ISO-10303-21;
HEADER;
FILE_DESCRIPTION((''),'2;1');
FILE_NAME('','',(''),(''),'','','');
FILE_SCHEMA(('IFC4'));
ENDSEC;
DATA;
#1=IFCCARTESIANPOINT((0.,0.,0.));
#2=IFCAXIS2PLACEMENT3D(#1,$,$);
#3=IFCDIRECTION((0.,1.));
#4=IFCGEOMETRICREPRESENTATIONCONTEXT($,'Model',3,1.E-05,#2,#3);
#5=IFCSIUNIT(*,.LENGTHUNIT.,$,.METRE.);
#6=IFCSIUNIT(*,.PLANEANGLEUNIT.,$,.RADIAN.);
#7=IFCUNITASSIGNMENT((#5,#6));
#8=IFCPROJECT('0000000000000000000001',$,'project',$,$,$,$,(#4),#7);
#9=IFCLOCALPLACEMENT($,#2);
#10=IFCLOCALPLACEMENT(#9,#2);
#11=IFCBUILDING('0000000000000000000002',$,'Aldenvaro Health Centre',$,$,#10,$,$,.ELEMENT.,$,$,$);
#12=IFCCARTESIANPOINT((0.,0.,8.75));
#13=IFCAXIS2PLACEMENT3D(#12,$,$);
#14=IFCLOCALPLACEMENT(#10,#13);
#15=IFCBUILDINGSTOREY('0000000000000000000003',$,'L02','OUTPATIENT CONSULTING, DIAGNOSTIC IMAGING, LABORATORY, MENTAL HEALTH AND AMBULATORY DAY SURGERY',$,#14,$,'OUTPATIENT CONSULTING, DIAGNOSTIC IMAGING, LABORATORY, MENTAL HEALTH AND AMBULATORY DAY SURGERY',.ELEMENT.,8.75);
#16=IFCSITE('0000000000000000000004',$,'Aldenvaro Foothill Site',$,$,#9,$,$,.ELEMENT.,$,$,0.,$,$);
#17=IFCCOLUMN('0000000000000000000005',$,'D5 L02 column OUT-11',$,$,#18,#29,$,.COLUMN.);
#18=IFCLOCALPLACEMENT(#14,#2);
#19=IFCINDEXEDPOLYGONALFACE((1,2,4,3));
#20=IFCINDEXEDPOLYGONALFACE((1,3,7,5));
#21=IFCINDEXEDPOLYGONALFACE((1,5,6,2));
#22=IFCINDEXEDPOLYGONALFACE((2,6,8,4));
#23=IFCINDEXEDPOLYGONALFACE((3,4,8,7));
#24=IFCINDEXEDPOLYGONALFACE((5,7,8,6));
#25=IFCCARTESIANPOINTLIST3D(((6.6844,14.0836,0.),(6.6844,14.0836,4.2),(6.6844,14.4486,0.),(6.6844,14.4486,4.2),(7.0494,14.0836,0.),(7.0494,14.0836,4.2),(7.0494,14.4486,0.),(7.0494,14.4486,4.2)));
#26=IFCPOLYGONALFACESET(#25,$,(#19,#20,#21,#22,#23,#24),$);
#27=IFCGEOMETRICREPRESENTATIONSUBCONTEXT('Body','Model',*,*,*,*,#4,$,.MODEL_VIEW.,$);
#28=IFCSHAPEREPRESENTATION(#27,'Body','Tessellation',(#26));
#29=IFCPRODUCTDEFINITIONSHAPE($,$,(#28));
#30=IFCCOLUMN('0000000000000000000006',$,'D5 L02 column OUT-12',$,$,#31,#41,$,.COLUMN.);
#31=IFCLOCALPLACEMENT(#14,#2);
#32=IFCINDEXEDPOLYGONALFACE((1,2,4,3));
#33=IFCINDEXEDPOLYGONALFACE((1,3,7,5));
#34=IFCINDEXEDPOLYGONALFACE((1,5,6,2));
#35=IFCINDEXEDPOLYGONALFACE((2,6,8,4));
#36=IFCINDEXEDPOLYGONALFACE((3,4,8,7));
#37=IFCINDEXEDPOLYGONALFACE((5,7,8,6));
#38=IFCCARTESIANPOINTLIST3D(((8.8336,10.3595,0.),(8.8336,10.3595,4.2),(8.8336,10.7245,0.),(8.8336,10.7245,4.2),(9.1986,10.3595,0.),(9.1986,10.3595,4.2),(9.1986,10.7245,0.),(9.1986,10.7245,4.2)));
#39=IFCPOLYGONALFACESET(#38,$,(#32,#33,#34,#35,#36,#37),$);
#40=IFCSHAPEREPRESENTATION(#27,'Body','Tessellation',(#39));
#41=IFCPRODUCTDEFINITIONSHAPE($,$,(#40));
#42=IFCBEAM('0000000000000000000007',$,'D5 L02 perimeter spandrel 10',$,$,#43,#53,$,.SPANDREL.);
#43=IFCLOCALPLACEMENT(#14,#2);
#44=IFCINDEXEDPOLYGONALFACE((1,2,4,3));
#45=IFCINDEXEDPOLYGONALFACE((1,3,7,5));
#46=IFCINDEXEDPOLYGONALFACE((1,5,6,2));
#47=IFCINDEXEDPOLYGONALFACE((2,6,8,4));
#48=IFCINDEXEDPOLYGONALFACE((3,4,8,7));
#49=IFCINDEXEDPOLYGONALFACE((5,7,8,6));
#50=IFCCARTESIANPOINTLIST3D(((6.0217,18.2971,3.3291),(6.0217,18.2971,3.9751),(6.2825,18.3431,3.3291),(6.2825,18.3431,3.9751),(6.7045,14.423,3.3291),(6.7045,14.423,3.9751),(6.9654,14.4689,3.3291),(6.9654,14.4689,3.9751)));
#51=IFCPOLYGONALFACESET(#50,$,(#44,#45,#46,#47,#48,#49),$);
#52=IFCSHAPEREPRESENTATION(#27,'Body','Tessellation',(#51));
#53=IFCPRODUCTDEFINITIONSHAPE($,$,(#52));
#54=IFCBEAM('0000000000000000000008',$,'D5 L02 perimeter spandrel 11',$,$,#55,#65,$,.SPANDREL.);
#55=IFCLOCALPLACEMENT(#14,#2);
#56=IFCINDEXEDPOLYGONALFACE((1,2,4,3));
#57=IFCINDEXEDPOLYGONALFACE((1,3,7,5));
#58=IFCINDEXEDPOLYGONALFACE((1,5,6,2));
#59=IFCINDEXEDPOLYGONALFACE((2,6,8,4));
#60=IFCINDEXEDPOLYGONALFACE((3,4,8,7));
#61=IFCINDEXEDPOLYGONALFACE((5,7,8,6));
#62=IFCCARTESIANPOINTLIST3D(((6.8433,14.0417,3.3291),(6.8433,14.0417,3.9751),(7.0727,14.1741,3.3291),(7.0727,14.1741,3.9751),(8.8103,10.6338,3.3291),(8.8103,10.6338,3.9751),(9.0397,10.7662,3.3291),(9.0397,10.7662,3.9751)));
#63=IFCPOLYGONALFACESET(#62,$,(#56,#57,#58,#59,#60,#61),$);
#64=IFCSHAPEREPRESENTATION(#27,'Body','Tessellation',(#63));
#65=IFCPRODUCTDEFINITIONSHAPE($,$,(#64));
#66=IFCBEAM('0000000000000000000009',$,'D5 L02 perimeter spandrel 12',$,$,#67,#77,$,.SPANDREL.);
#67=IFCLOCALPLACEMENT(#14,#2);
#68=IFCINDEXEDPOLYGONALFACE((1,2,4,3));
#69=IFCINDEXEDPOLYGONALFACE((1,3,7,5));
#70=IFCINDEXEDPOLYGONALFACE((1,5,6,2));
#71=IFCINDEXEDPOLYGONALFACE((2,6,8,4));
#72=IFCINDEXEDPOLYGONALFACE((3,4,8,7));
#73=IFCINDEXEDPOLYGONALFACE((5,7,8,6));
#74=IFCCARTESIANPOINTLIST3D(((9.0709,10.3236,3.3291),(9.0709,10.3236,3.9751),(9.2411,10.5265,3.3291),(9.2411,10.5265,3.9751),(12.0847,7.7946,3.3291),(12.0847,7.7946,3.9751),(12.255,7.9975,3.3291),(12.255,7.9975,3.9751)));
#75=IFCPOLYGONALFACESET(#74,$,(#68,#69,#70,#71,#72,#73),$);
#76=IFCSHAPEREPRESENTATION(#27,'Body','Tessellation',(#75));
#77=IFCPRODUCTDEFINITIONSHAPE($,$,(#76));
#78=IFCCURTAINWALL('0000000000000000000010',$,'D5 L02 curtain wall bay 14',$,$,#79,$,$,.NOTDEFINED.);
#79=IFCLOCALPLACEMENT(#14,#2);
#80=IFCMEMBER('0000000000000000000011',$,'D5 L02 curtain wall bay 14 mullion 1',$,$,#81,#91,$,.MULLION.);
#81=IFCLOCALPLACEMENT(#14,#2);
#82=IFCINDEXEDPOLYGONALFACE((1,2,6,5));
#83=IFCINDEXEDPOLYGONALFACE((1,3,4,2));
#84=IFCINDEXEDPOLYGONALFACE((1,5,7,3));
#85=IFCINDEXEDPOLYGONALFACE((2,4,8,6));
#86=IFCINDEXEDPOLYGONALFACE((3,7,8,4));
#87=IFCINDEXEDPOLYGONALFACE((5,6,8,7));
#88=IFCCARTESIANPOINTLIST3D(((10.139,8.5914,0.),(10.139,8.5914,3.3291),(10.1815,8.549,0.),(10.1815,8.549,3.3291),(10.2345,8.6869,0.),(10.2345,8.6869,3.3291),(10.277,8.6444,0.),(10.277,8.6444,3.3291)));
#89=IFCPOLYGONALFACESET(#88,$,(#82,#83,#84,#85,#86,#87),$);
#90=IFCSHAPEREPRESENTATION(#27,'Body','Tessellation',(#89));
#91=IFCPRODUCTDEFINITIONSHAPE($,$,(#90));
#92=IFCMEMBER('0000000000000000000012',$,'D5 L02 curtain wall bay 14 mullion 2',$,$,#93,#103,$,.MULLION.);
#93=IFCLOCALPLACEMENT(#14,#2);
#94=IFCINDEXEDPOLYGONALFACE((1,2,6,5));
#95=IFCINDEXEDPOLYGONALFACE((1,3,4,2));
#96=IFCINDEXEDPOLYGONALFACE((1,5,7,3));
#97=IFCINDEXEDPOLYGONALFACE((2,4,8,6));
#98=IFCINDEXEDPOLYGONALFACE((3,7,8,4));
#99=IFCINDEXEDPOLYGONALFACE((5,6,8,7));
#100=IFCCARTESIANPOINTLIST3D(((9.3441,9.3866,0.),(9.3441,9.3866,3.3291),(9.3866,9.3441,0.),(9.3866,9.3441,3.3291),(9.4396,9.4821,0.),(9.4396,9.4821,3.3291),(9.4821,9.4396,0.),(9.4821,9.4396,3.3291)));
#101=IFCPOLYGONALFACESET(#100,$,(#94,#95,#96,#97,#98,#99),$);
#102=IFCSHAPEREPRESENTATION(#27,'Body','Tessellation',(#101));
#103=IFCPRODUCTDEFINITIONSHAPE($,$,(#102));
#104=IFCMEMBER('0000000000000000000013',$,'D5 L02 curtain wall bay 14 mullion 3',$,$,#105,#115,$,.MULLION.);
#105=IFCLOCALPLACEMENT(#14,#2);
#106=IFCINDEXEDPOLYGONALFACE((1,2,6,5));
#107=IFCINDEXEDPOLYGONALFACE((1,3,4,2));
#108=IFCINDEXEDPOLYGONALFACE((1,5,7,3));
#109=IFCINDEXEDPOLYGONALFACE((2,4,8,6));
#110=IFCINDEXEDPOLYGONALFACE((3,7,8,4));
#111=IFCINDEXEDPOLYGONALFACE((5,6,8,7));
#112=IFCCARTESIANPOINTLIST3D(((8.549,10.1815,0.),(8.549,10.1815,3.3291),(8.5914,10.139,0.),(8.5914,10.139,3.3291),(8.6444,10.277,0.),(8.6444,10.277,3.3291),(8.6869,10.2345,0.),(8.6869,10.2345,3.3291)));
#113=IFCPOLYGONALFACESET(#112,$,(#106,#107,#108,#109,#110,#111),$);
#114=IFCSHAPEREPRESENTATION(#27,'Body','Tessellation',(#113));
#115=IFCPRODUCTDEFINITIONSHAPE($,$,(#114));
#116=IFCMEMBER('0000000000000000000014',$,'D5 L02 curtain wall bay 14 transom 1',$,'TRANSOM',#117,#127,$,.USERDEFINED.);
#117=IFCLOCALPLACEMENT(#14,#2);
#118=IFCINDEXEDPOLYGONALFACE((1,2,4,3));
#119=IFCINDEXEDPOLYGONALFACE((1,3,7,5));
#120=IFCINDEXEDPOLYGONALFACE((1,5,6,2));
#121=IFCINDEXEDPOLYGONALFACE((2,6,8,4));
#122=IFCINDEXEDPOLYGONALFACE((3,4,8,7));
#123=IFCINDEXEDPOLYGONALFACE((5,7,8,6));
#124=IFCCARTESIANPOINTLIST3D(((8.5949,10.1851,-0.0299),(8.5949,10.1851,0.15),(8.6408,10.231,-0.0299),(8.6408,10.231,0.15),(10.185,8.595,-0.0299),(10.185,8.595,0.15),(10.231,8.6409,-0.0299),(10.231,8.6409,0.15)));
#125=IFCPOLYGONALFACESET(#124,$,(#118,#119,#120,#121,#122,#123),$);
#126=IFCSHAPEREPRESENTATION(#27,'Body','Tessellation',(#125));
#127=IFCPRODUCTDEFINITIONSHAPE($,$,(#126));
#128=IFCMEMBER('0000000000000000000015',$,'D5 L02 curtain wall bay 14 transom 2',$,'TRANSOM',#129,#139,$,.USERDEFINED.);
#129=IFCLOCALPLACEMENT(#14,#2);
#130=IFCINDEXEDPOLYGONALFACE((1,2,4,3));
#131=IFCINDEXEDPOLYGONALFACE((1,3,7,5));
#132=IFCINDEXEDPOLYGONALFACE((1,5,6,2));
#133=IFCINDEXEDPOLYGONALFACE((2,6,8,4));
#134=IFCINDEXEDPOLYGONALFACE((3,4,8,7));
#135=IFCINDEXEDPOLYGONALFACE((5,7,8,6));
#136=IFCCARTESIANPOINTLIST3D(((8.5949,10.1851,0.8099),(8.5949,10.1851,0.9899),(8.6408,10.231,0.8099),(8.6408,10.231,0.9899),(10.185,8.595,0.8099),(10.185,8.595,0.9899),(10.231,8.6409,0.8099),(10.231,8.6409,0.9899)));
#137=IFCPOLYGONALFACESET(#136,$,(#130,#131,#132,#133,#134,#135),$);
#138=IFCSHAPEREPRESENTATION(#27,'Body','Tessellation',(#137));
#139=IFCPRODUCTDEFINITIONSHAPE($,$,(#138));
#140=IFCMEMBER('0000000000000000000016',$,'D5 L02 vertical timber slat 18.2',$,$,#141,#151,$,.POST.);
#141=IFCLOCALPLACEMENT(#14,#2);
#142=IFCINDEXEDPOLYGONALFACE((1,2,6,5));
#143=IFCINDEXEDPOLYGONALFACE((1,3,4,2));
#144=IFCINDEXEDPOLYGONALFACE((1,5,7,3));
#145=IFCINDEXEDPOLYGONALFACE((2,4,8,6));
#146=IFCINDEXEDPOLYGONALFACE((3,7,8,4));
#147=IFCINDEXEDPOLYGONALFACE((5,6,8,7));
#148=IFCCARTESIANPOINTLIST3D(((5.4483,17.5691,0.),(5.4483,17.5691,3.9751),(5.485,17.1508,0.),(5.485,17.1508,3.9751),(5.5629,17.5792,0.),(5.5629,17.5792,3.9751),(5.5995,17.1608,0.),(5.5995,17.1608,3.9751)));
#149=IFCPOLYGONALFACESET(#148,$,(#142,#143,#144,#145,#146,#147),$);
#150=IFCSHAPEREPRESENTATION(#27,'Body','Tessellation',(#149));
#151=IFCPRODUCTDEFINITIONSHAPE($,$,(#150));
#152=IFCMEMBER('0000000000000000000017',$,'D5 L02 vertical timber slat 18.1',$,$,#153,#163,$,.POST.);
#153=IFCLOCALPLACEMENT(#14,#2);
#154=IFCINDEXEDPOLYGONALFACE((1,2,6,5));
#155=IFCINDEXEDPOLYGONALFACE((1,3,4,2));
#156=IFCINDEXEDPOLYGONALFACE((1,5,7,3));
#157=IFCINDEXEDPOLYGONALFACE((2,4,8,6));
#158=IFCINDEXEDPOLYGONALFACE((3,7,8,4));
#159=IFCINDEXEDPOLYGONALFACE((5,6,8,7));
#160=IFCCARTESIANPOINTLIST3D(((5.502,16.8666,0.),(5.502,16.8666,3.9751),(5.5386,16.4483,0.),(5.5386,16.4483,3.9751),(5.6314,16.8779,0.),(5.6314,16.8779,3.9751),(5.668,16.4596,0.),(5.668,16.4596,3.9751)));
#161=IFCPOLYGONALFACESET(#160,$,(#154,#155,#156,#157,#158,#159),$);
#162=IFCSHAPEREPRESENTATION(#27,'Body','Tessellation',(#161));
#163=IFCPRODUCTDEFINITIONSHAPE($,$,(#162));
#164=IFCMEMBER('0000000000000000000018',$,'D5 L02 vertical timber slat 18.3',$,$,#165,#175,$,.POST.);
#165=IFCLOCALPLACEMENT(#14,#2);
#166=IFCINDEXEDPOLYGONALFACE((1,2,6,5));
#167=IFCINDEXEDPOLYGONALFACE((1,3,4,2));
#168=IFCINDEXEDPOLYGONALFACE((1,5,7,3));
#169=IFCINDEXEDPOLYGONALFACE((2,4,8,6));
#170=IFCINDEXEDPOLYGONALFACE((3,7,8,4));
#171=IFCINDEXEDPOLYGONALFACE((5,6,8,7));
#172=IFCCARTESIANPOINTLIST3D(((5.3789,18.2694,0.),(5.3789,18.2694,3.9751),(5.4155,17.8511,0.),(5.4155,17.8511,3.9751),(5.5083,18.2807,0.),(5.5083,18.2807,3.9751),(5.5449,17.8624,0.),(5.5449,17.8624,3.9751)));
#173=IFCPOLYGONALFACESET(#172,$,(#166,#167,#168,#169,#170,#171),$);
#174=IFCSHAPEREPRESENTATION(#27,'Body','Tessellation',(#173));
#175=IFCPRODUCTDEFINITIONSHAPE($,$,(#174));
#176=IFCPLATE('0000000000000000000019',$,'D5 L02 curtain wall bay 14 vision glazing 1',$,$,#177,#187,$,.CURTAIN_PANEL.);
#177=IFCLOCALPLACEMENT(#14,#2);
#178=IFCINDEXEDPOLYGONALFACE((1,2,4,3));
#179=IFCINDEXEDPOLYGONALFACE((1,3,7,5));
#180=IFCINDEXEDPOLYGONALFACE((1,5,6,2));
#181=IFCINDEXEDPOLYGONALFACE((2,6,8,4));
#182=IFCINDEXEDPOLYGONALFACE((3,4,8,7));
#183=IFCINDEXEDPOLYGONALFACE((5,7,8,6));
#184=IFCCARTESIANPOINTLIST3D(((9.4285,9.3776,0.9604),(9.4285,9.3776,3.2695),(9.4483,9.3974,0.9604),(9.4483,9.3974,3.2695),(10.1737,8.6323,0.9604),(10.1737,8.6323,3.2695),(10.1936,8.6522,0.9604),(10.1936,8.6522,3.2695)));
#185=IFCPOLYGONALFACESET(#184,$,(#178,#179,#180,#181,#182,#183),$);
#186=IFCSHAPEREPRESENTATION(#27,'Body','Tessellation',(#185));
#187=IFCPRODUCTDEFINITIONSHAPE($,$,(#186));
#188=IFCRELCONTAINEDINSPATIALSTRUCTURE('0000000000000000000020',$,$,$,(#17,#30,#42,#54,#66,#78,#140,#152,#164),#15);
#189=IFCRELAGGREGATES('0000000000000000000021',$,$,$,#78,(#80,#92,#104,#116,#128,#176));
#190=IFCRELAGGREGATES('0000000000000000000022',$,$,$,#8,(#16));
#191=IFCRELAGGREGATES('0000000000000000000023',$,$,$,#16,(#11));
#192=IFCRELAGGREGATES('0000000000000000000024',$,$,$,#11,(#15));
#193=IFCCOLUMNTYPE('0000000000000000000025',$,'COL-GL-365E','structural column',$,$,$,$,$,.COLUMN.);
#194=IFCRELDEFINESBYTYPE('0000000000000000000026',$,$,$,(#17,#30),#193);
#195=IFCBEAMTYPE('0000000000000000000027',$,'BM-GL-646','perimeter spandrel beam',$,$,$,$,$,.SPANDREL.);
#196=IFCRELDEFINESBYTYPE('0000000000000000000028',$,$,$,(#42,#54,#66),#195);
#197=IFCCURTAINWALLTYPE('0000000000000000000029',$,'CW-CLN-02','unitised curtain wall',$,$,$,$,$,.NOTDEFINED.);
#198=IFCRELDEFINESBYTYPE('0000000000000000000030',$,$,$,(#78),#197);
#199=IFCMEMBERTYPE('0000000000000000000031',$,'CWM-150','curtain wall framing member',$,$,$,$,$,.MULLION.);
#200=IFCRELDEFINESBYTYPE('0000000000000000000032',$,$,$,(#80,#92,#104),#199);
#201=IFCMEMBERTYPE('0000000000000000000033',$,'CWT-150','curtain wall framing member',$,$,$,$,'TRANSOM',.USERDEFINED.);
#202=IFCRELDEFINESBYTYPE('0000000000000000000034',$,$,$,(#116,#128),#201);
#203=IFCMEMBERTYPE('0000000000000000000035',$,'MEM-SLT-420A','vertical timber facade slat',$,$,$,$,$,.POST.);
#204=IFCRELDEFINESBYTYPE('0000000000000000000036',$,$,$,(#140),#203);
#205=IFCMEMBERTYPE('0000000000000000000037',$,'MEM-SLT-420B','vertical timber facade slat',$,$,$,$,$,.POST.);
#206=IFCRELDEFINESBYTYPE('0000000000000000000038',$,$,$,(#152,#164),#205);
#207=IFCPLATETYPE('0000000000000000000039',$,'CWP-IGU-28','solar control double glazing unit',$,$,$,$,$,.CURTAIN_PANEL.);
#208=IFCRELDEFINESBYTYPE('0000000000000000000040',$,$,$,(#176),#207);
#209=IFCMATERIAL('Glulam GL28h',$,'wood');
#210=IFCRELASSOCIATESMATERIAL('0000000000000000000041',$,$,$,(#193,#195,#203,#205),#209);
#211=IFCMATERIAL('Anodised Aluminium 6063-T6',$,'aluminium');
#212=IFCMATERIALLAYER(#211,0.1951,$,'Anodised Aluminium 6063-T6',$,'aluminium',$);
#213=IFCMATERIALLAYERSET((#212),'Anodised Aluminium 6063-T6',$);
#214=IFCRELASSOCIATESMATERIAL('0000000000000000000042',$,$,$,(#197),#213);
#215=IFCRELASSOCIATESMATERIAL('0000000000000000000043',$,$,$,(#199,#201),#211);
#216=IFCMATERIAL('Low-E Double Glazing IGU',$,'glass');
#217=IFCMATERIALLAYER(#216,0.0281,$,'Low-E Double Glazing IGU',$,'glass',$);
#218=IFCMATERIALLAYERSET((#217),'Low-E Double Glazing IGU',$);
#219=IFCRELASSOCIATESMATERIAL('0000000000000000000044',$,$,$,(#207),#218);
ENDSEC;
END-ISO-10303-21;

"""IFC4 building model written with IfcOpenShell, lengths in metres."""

from ifc_helpers import new_model, si_unit, direction, frame, origin, origin_2d, place, context, subcontext, project, spatial, rectangle, extrude, material, layer, layer_set, material_profile, profile_set, type_object, element, aggregate, save


model = new_model("IFC4")

# Units and contexts
model_context = context("Model", 3, precision=1e-05, world=origin(), true_north=direction((0.0, 1.0)))
body_context = subcontext(model_context, "Body", "Model", "MODEL_VIEW")
ifc_project = project(units=[si_unit("LENGTHUNIT", "METRE"), si_unit("PLANEANGLEUNIT", "RADIAN")], contexts=[model_context])

# Site, building, storey
site_placement = place(None, origin())
site = spatial("IfcSite", under=ifc_project, at=site_placement, Name="Aldenvaro Foothill Site", CompositionType="ELEMENT", RefElevation=0.0)
building_placement = place(site_placement, origin())
building = spatial("IfcBuilding", under=site, at=building_placement, Name="Aldenvaro Health Centre", CompositionType="ELEMENT")
storey_placement = place(building_placement, frame((0.0, 0.0, 8.75)))
storey = spatial("IfcBuildingStorey", under=building, at=storey_placement, Name="L02", Description="OUTPATIENT CONSULTING, DIAGNOSTIC IMAGING, LABORATORY, MENTAL HEALTH AND AMBULATORY DAY SURGERY", LongName="OUTPATIENT CONSULTING, DIAGNOSTIC IMAGING, LABORATORY, MENTAL HEALTH AND AMBULATORY DAY SURGERY", CompositionType="ELEMENT", Elevation=8.75)

# Columns
ifc_material_1 = material(Name="Glulam GL28h", Category="wood")
ifc_material_profile_1 = material_profile(ifc_material_1, rectangle(XDim=0.365, YDim=0.365, at=origin_2d()), Name="GL 365x365", Category="wood")
ifc_profile_set_1 = profile_set([ifc_material_profile_1], Name="Glulam GL28h")
column_type = type_object("IfcColumnType", Name="COL-GL-365E", Description="structural column", PredefinedType="COLUMN", material=ifc_profile_set_1)
for number, where, z_axis, x_axis, name in (
    (1, (6.8669, 14.2661, 0.0), (0.0, 0.0, 1.0), (1.0, 0.0, 0.0), "D5 L02 column OUT-11"),
    (2, (9.0161, 10.542, 0.0), (0.0, 0.0, 1.0), (1.0, 0.0, 0.0), "D5 L02 column OUT-12"),
):
    element("IfcColumn", number, at=place(storey_placement, frame(where, z_axis=z_axis, x_axis=x_axis)), inside=storey, type_object=column_type, Name=name, PredefinedType="COLUMN", context=body_context, shape_type="SweptSolid", body=[
        extrude(rectangle(XDim=0.365, YDim=0.365, at=origin_2d()), origin(), (0.0, 0.0, 1.0), 4.2),
    ])

# Beams
ifc_material_profile_2 = material_profile(ifc_material_1, rectangle(XDim=0.2649, YDim=0.646, at=origin_2d()), Name="GL 265x646", Category="wood")
ifc_profile_set_2 = profile_set([ifc_material_profile_2], Name="Glulam GL28h")
beam_type = type_object("IfcBeamType", Name="BM-GL-646", Description="perimeter spandrel beam", PredefinedType="SPANDREL", material=ifc_profile_set_2)
beam_1_placement = place(storey_placement, frame((6.1521, 18.3201, 3.6521), z_axis=(0.173591, -0.984818, 0.0), x_axis=(0.984818, 0.173591, 0.0)))
element("IfcBeam", 3, at=beam_1_placement, inside=storey, type_object=beam_type, Name="D5 L02 perimeter spandrel 10", PredefinedType="SPANDREL", context=body_context, shape_type="SweptSolid", body=[
    extrude(rectangle(XDim=0.2649, YDim=0.646, at=origin_2d()), origin(), (0.0, 0.0, 1.0), 3.9338),
])
beam_2_placement = place(storey_placement, frame((6.958, 14.1079, 3.6521), z_axis=(0.499896, -0.866085, 0.0), x_axis=(0.866085, 0.499896, 0.0)))
element("IfcBeam", 4, at=beam_2_placement, inside=storey, type_object=beam_type, Name="D5 L02 perimeter spandrel 11", PredefinedType="SPANDREL", context=body_context, shape_type="SweptSolid", body=[
    extrude(rectangle(XDim=0.2649, YDim=0.646, at=origin_2d()), origin(), (0.0, 0.0, 1.0), 3.9348),
])
beam_3_placement = place(storey_placement, frame((9.156, 10.425, 3.6521), z_axis=(0.766035, -0.642799, 0.0), x_axis=(0.642799, 0.766035, 0.0)))
element("IfcBeam", 5, at=beam_3_placement, inside=storey, type_object=beam_type, Name="D5 L02 perimeter spandrel 12", PredefinedType="SPANDREL", context=body_context, shape_type="SweptSolid", body=[
    extrude(rectangle(XDim=0.2649, YDim=0.646, at=origin_2d()), origin(), (0.0, 0.0, 1.0), 3.9343),
])

# Curtain wall, members
ifc_material_2 = material(Name="Anodised Aluminium 6063-T6", Category="aluminium")
ifc_layer_1 = layer(ifc_material_2, 0.1951, Name="Anodised Aluminium 6063-T6", Category="aluminium")
ifc_layer_set_1 = layer_set([ifc_layer_1], Name="Anodised Aluminium 6063-T6")
curtain_wall_type = type_object("IfcCurtainWallType", Name="CW-CLN-02", Description="unitised curtain wall", PredefinedType="NOTDEFINED", material=ifc_layer_set_1)
curtain_wall_placement = place(storey_placement, origin())
curtain_wall = element("IfcCurtainWall", 6, at=curtain_wall_placement, inside=storey, type_object=curtain_wall_type, Name="D5 L02 curtain wall bay 14", PredefinedType="NOTDEFINED")
ifc_material_profile_3 = material_profile(ifc_material_2, rectangle(XDim=0.0601, YDim=0.135, at=origin_2d()), Name="ALU 60x135", Category="aluminium")
ifc_profile_set_3 = profile_set([ifc_material_profile_3], Name="Anodised Aluminium 6063-T6")
member_type_1 = type_object("IfcMemberType", Name="CWM-150", Description="curtain wall framing member", PredefinedType="MULLION", material=ifc_profile_set_3)
member_1_placement = place(storey_placement, frame((10.208, 8.6179, 0.0), z_axis=(0.0, 0.0, 1.0), x_axis=(-0.707107, 0.707107, 0.0)))
member_1 = element("IfcMember", 7, at=member_1_placement, type_object=member_type_1, Name="D5 L02 curtain wall bay 14 mullion 1", PredefinedType="MULLION", context=body_context, shape_type="SweptSolid", body=[
    extrude(rectangle(XDim=0.0601, YDim=0.135, at=origin_2d()), origin(), (0.0, 0.0, 1.0), 3.3291),
])
member_2_placement = place(storey_placement, frame((9.4131, 9.4131, 0.0), z_axis=(0.0, 0.0, 1.0), x_axis=(-0.707107, 0.707107, 0.0)))
member_2 = element("IfcMember", 8, at=member_2_placement, type_object=member_type_1, Name="D5 L02 curtain wall bay 14 mullion 2", PredefinedType="MULLION", context=body_context, shape_type="SweptSolid", body=[
    extrude(rectangle(XDim=0.0601, YDim=0.135, at=origin_2d()), origin(), (0.0, 0.0, 1.0), 3.3291),
])
member_3_placement = place(storey_placement, frame((8.6179, 10.208, 0.0), z_axis=(0.0, 0.0, 1.0), x_axis=(-0.707107, 0.707107, 0.0)))
member_3 = element("IfcMember", 9, at=member_3_placement, type_object=member_type_1, Name="D5 L02 curtain wall bay 14 mullion 3", PredefinedType="MULLION", context=body_context, shape_type="SweptSolid", body=[
    extrude(rectangle(XDim=0.0601, YDim=0.135, at=origin_2d()), origin(), (0.0, 0.0, 1.0), 3.3291),
])
ifc_material_profile_4 = material_profile(ifc_material_2, rectangle(XDim=0.0649, YDim=0.1799, at=origin_2d()), Name="ALU 65x180", Category="aluminium")
ifc_profile_set_4 = profile_set([ifc_material_profile_4], Name="Anodised Aluminium 6063-T6")
member_type_2 = type_object("IfcMemberType", Name="CWT-150", Description="curtain wall framing member", ElementType="TRANSOM", PredefinedType="USERDEFINED", material=ifc_profile_set_4)
member_4_placement = place(storey_placement, frame((10.208, 8.6179, 0.0601), z_axis=(-0.707107, 0.707107, 0.0), x_axis=(-0.707107, -0.707107, 0.0)))
member_4 = element("IfcMember", 10, at=member_4_placement, type_object=member_type_2, Name="D5 L02 curtain wall bay 14 transom 1", ObjectType="TRANSOM", PredefinedType="USERDEFINED", context=body_context, shape_type="SweptSolid", body=[
    extrude(rectangle(XDim=0.0649, YDim=0.1799, at=origin_2d()), origin(), (0.0, 0.0, 1.0), 2.2488),
])
member_5_placement = place(storey_placement, frame((10.208, 8.6179, 0.8999), z_axis=(-0.707107, 0.707107, 0.0), x_axis=(-0.707107, -0.707107, 0.0)))
member_5 = element("IfcMember", 11, at=member_5_placement, type_object=member_type_2, Name="D5 L02 curtain wall bay 14 transom 2", ObjectType="TRANSOM", PredefinedType="USERDEFINED", context=body_context, shape_type="SweptSolid", body=[
    extrude(rectangle(XDim=0.0649, YDim=0.1799, at=origin_2d()), origin(), (0.0, 0.0, 1.0), 2.2488),
])

# Members
ifc_material_profile_5 = material_profile(ifc_material_1, rectangle(XDim=0.115, YDim=0.4199, at=origin_2d()), Name="GL 115x420", Category="wood")
ifc_profile_set_5 = profile_set([ifc_material_profile_5], Name="Glulam GL28h")
member_type_3 = type_object("IfcMemberType", Name="MEM-SLT-420A", Description="vertical timber facade slat", PredefinedType="POST", material=ifc_profile_set_5)
member_6_placement = place(storey_placement, frame((5.5239, 17.365, 0.0), z_axis=(0.0, 0.0, 1.0), x_axis=(-0.996194, -0.087167, 0.0)))
element("IfcMember", 12, at=member_6_placement, inside=storey, type_object=member_type_3, Name="D5 L02 vertical timber slat 18.2", PredefinedType="POST", context=body_context, shape_type="SweptSolid", body=[
    extrude(rectangle(XDim=0.115, YDim=0.4199, at=origin_2d()), origin(), (0.0, 0.0, 1.0), 3.9751),
])
ifc_material_profile_6 = material_profile(ifc_material_1, rectangle(XDim=0.1299, YDim=0.4199, at=origin_2d()), Name="GL 130x420", Category="wood")
ifc_profile_set_6 = profile_set([ifc_material_profile_6], Name="Glulam GL28h")
member_type_4 = type_object("IfcMemberType", Name="MEM-SLT-420B", Description="vertical timber facade slat", PredefinedType="POST", material=ifc_profile_set_6)
for number, where, z_axis, x_axis, name in (
    (13, (5.585, 16.6631, 0.0), (0.0, 0.0, 1.0), (-0.996194, -0.087167, 0.0), "D5 L02 vertical timber slat 18.1"),
    (14, (5.4619, 18.0659, 0.0), (0.0, 0.0, 1.0), (-0.996194, -0.087167, 0.0), "D5 L02 vertical timber slat 18.3"),
):
    element("IfcMember", number, at=place(storey_placement, frame(where, z_axis=z_axis, x_axis=x_axis)), inside=storey, type_object=member_type_4, Name=name, PredefinedType="POST", context=body_context, shape_type="SweptSolid", body=[
        extrude(rectangle(XDim=0.1299, YDim=0.4199, at=origin_2d()), origin(), (0.0, 0.0, 1.0), 3.9751),
    ])

# Plate
ifc_material_3 = material(Name="Low-E Double Glazing IGU", Category="glass")
ifc_layer_2 = layer(ifc_material_3, 0.0281, Name="Low-E Double Glazing IGU", Category="glass")
ifc_layer_set_2 = layer_set([ifc_layer_2], Name="Low-E Double Glazing IGU")
plate_type_1 = type_object("IfcPlateType", Name="CWP-IGU-28", Description="solar control double glazing unit", PredefinedType="CURTAIN_PANEL", material=ifc_layer_set_2)
plate_1_placement = place(storey_placement, frame((9.811, 9.0149, 0.9604), z_axis=(0.0, 0.0, 1.0), x_axis=(-0.707107, 0.707107, 0.0)))
plate_1 = element("IfcPlate", 15, at=plate_1_placement, type_object=plate_type_1, Name="D5 L02 curtain wall bay 14 vision glazing 1", PredefinedType="CURTAIN_PANEL", context=body_context, shape_type="SweptSolid", body=[
    extrude(rectangle(XDim=1.054, YDim=0.0281, at=origin_2d()), origin(), (0.0, 0.0, 1.0), 2.3091),
])
aggregate(curtain_wall, [member_1, member_2, member_3, member_4, member_5, plate_1])

save(model, "model.ifc")
